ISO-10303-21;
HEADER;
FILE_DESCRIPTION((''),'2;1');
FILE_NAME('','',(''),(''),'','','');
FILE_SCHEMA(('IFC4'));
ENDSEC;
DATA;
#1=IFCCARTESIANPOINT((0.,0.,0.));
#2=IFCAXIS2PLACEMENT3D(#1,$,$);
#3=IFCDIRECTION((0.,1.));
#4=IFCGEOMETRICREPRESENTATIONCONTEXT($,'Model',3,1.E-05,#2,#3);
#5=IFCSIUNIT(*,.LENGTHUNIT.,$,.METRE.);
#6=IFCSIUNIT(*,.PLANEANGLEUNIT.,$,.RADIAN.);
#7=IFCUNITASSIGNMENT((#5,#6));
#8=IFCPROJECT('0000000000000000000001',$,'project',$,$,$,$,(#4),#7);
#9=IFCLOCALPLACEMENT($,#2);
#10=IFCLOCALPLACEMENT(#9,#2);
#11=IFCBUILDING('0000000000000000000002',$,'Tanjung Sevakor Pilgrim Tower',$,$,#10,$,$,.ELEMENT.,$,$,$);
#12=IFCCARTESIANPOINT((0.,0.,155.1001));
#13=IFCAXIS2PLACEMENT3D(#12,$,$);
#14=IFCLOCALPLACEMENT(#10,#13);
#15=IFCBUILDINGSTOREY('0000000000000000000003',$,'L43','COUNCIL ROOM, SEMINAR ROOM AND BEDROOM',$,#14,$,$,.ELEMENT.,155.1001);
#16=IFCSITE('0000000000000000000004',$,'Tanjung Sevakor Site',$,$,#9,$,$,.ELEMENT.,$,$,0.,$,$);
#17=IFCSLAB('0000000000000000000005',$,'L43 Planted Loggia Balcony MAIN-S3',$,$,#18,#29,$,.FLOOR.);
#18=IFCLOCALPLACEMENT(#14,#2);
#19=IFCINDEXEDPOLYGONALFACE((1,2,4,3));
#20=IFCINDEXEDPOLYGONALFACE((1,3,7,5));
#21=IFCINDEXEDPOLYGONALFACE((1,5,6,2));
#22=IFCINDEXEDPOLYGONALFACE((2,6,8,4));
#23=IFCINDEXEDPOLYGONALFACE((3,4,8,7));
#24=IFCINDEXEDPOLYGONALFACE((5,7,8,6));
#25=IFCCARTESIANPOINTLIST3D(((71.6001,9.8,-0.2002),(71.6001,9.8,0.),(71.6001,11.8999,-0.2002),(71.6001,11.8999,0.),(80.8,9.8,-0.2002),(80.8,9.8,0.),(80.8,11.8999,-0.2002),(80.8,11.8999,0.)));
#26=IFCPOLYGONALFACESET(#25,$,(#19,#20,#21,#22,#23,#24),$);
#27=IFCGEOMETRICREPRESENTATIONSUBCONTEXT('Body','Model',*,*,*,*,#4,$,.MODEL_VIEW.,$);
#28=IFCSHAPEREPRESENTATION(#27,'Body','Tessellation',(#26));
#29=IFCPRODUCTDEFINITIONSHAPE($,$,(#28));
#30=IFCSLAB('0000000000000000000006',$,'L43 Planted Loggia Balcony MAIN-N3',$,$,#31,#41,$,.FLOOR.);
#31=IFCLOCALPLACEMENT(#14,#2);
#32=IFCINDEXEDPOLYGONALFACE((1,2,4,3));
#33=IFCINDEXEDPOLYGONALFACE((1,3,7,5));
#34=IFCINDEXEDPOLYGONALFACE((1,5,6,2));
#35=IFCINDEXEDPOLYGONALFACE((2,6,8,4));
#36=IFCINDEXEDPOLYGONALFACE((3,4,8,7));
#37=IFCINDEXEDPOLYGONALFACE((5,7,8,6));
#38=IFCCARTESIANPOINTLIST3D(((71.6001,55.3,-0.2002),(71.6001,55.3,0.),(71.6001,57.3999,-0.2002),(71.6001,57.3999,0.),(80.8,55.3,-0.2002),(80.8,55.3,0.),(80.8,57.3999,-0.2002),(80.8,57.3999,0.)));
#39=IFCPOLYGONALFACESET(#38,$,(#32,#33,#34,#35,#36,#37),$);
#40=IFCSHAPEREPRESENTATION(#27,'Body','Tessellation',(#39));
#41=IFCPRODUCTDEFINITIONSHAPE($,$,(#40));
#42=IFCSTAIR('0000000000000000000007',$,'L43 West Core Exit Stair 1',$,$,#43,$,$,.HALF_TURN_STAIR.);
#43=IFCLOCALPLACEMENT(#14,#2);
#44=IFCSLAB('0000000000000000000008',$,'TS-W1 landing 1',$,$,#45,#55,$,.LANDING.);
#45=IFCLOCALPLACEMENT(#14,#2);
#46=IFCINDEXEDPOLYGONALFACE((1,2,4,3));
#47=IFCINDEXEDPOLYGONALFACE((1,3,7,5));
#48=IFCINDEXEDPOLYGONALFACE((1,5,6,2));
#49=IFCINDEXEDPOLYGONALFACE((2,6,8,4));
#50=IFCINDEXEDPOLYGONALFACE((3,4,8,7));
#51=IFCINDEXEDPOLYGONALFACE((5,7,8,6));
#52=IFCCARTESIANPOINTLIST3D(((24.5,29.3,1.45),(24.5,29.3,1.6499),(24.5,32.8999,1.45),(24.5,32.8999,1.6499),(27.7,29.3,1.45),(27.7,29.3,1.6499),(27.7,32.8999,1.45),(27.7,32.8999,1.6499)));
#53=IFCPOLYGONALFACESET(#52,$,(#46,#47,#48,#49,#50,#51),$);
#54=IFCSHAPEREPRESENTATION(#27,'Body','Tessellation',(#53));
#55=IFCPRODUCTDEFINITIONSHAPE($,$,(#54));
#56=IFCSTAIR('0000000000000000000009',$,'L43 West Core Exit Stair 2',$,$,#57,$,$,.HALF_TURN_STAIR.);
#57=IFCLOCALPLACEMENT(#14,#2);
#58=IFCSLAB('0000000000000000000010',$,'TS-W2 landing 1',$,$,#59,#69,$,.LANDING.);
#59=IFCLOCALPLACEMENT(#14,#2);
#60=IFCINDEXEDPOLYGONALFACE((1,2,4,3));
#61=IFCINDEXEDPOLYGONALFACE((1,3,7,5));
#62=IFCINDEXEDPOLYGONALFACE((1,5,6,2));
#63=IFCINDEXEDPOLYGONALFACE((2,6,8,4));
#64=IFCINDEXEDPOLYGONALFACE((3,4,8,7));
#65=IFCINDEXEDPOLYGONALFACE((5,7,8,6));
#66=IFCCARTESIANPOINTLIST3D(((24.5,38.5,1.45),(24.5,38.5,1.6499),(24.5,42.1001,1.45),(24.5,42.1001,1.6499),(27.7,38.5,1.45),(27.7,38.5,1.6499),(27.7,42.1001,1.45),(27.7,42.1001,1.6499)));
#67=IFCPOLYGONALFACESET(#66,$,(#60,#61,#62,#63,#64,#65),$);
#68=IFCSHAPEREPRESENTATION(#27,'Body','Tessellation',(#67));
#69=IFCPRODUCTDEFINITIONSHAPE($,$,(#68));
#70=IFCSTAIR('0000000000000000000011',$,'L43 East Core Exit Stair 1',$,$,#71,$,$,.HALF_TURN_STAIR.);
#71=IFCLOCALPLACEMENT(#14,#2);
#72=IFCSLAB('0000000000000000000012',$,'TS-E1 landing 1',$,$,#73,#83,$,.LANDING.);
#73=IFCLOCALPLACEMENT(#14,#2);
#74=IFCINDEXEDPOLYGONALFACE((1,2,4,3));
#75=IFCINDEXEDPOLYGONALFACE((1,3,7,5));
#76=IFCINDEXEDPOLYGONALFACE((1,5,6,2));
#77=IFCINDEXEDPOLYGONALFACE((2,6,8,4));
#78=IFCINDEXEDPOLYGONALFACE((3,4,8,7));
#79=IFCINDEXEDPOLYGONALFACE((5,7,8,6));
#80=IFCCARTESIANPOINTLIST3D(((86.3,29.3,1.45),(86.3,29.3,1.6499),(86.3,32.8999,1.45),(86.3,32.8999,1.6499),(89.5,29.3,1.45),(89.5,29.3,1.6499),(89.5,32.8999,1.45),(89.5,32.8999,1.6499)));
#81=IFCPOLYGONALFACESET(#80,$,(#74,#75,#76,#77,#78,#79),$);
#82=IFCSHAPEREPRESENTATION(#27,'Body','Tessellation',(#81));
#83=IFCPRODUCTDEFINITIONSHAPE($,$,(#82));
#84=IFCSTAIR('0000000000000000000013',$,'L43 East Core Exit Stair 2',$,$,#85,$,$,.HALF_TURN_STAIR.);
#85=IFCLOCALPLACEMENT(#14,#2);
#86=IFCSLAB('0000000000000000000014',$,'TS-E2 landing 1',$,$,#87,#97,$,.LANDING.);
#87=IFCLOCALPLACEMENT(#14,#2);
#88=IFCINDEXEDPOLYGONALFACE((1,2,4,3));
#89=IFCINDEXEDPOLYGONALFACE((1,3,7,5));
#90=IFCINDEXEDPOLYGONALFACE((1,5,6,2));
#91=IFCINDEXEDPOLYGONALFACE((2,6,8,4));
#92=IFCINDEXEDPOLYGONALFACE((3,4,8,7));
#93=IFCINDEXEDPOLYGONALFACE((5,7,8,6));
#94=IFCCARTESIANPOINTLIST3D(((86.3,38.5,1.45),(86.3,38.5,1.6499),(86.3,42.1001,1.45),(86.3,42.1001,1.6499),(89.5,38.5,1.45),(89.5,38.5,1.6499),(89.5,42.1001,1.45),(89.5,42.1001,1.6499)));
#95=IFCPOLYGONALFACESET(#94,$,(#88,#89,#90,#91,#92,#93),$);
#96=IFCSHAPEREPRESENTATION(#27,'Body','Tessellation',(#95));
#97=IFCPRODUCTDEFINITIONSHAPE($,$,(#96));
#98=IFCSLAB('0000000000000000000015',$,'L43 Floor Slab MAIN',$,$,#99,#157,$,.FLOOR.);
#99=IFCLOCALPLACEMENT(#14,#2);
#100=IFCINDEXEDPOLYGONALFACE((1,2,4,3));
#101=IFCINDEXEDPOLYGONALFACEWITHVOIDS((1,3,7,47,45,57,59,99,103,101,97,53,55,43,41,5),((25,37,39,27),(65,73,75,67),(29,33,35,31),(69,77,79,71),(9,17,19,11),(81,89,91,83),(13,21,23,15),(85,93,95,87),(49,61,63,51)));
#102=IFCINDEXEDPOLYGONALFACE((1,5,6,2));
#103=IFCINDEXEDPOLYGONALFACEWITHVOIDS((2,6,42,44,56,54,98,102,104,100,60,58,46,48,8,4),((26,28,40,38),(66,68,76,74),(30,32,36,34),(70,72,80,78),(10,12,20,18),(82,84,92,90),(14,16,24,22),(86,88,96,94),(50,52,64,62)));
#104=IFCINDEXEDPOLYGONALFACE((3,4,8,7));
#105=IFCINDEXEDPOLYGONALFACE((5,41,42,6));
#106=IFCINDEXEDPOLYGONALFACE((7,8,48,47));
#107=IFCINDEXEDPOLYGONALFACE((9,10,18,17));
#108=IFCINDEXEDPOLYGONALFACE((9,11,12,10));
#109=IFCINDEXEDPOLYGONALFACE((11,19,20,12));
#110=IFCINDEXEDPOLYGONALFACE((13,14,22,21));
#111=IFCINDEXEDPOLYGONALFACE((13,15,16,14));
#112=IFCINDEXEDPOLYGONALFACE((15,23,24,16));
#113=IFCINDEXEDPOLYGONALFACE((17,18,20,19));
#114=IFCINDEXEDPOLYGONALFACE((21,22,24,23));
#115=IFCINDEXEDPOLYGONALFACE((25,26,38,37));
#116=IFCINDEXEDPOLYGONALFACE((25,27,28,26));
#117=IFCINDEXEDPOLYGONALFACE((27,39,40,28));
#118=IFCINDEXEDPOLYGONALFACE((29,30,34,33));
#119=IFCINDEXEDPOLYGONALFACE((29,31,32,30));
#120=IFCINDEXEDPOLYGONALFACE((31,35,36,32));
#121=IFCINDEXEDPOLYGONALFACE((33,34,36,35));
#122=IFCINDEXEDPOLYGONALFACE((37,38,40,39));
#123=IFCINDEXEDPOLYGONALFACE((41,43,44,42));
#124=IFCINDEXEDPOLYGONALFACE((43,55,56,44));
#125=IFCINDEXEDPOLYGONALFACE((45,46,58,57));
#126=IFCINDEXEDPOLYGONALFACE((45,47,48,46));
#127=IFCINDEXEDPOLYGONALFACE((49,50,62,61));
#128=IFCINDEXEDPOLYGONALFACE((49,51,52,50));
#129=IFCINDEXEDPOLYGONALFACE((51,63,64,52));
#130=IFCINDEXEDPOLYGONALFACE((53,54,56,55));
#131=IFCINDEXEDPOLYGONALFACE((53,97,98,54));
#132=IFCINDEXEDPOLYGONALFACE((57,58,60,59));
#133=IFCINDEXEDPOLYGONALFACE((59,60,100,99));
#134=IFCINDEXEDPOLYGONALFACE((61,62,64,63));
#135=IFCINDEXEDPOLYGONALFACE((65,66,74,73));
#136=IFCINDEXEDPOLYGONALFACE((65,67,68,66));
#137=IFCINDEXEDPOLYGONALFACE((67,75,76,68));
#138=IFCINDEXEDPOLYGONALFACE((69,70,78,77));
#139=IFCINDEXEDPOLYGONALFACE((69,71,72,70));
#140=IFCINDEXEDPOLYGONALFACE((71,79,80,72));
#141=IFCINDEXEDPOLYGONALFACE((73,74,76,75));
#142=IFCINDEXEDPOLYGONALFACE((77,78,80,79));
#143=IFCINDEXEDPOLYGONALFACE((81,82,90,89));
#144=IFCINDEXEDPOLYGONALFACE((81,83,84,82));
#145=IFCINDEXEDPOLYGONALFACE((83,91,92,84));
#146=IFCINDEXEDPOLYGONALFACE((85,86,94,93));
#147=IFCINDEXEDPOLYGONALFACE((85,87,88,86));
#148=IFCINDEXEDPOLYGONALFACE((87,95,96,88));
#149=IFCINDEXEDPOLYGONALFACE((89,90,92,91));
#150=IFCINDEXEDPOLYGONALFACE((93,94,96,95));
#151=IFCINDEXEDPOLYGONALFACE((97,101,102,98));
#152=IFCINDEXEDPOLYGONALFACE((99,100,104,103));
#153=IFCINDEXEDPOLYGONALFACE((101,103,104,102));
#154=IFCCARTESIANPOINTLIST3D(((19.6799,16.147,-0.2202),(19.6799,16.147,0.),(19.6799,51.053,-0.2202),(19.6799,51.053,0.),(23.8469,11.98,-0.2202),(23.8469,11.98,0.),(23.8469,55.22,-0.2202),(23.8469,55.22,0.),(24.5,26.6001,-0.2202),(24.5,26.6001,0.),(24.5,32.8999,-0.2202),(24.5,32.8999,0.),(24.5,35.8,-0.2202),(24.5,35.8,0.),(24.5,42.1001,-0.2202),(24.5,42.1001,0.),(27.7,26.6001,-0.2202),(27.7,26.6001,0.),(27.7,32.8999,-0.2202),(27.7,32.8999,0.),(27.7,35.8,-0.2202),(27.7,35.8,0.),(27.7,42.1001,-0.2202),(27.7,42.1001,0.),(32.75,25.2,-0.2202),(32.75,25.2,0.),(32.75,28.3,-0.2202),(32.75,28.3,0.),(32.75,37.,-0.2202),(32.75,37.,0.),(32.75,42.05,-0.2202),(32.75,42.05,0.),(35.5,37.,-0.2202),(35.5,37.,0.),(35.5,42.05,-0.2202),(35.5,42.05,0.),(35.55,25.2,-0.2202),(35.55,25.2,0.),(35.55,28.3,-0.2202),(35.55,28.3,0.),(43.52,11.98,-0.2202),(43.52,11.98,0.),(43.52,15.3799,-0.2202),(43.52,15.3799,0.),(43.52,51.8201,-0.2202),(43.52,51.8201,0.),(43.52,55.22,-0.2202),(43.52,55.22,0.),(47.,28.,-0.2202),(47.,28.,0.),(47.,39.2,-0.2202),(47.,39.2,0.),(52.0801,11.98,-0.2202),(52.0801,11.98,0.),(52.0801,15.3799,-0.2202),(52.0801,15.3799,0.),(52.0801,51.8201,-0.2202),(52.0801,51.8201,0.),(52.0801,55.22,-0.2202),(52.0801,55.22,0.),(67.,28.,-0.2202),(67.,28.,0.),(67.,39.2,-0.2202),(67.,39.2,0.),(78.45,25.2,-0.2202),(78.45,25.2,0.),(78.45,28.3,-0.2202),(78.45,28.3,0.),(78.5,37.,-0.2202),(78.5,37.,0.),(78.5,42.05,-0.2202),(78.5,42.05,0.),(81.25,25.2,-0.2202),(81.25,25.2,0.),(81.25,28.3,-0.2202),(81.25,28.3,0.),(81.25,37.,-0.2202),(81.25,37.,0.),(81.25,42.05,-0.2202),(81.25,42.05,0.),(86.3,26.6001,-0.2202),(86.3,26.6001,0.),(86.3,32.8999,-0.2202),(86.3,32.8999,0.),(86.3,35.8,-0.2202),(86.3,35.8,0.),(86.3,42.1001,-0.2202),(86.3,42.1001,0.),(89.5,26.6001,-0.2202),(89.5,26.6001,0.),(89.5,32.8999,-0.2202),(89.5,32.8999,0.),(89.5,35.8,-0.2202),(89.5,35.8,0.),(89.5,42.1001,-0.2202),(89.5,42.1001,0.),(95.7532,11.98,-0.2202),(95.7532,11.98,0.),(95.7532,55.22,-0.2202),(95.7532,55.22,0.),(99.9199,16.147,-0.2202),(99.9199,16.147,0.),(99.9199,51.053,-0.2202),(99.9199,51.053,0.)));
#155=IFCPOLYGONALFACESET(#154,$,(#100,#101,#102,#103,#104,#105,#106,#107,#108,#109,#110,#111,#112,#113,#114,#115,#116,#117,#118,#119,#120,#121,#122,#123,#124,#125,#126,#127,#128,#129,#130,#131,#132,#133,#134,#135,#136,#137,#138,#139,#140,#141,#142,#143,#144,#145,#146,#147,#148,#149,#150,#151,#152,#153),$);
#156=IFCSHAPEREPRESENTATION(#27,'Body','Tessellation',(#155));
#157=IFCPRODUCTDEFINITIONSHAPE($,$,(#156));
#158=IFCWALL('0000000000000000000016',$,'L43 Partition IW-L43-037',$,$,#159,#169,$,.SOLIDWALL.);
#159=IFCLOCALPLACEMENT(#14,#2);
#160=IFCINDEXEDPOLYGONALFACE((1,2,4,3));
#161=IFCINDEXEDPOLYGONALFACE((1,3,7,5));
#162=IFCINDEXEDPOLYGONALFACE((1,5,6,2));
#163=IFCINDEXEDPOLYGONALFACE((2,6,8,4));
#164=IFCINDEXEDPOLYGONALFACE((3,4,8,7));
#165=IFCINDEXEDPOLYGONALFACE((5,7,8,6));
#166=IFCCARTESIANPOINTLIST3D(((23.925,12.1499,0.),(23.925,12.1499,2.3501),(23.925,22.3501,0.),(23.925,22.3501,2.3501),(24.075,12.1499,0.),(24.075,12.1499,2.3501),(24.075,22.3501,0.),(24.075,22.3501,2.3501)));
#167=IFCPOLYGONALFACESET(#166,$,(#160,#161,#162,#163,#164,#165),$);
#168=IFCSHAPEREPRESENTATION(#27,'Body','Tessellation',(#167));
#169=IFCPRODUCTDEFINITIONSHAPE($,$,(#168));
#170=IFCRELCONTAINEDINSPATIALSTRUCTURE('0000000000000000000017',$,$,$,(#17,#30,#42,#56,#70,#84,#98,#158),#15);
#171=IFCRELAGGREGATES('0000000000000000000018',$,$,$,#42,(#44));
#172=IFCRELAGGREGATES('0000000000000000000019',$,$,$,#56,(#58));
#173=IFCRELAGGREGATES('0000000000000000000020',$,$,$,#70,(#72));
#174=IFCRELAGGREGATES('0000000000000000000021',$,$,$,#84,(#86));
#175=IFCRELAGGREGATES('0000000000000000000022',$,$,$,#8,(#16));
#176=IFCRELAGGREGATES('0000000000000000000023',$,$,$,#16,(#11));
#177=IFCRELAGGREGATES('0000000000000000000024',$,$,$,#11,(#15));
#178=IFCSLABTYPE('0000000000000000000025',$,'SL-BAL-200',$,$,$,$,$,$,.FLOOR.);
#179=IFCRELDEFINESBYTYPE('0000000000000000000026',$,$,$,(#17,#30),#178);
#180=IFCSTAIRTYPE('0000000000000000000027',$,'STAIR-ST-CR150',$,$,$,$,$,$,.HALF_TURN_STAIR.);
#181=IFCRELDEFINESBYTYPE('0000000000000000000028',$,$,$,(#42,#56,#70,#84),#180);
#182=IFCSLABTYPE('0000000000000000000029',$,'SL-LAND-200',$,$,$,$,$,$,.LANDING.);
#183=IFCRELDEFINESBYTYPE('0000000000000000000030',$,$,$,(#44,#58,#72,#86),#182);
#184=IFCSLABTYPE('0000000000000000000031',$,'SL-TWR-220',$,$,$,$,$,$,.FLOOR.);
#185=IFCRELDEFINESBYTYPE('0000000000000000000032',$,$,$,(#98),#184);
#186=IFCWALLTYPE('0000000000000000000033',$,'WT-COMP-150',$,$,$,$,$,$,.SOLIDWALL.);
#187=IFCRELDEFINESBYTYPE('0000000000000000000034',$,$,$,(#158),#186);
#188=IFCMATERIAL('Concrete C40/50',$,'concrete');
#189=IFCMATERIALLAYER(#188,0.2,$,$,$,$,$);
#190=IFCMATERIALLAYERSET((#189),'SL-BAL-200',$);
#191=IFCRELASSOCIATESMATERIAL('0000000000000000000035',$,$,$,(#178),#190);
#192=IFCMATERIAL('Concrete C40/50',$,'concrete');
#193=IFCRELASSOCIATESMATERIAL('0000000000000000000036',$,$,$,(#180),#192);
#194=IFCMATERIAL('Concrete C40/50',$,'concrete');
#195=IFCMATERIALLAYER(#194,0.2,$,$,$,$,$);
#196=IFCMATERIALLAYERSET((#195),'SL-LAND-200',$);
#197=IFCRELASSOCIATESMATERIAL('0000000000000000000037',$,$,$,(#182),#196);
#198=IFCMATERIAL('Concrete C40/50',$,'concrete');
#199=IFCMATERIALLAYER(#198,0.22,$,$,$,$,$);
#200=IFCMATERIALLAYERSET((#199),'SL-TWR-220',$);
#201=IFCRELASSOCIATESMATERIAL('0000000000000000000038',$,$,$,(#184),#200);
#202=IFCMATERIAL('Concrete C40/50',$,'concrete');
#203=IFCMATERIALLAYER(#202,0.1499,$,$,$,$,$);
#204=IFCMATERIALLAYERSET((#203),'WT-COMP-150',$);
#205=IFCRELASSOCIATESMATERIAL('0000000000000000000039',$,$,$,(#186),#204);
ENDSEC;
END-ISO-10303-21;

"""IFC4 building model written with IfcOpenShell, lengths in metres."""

from ifc_helpers import new_model, si_unit, direction, frame, frame_2d, origin, place, context, subcontext, project, spatial, polyline, rectangle, outline, extrude, material, layer, layer_set, type_object, element, aggregate, save


model = new_model("IFC4")

# Units and contexts
model_context = context("Model", 3, precision=1e-05, world=origin(), true_north=direction((0.0, 1.0)))
body_context = subcontext(model_context, "Body", "Model", "MODEL_VIEW")
ifc_project = project(units=[si_unit("LENGTHUNIT", "METRE"), si_unit("PLANEANGLEUNIT", "RADIAN")], contexts=[model_context])

# Site, building, storey
site_placement = place(None, origin())
site = spatial("IfcSite", under=ifc_project, at=site_placement, Name="Tanjung Sevakor Site", CompositionType="ELEMENT", RefElevation=0.0)
building_placement = place(site_placement, origin())
building = spatial("IfcBuilding", under=site, at=building_placement, Name="Tanjung Sevakor Pilgrim Tower", CompositionType="ELEMENT")
storey_placement = place(building_placement, frame((0.0, 0.0, 155.1001)))
storey = spatial("IfcBuildingStorey", under=building, at=storey_placement, Name="L43", Description="COUNCIL ROOM, SEMINAR ROOM AND BEDROOM", CompositionType="ELEMENT", Elevation=155.1001)

# Slabs
ifc_material_1 = material(Name="Concrete C40/50", Category="concrete")
ifc_layer_1 = layer(ifc_material_1, 0.2)
ifc_layer_set_1 = layer_set([ifc_layer_1], Name="SL-BAL-200")
slab_type_1 = type_object("IfcSlabType", Name="SL-BAL-200", PredefinedType="FLOOR", material=ifc_layer_set_1)
slab_1_placement = place(storey_placement, frame((0.0, 0.0, -0.2002)))
element("IfcSlab", 1, at=slab_1_placement, inside=storey, type_object=slab_type_1, Name="L43 Planted Loggia Balcony MAIN-S3", PredefinedType="FLOOR", context=body_context, shape_type="SweptSolid", body=[
    extrude(outline(polyline([(71.6001, 9.8), (80.8, 9.8), (80.8, 11.8999), (71.6001, 11.8999), (71.6001, 9.8)])), origin(), (0.0, 0.0, 1.0), 0.2002),
])
slab_2_placement = place(storey_placement, frame((0.0, 0.0, -0.2002)))
element("IfcSlab", 2, at=slab_2_placement, inside=storey, type_object=slab_type_1, Name="L43 Planted Loggia Balcony MAIN-N3", PredefinedType="FLOOR", context=body_context, shape_type="SweptSolid", body=[
    extrude(outline(polyline([(71.6001, 55.3), (80.8, 55.3), (80.8, 57.3999), (71.6001, 57.3999), (71.6001, 55.3)])), origin(), (0.0, 0.0, 1.0), 0.2002),
])

# Stairs, slabs
ifc_material_2 = material(Name="Concrete C40/50", Category="concrete")
stair_type = type_object("IfcStairType", Name="STAIR-ST-CR150", PredefinedType="HALF_TURN_STAIR", material=ifc_material_2)
stair_1_placement = place(storey_placement, origin())
stair_1 = element("IfcStair", 3, at=stair_1_placement, inside=storey, type_object=stair_type, Name="L43 West Core Exit Stair 1", PredefinedType="HALF_TURN_STAIR")
ifc_material_3 = material(Name="Concrete C40/50", Category="concrete")
ifc_layer_2 = layer(ifc_material_3, 0.2)
ifc_layer_set_2 = layer_set([ifc_layer_2], Name="SL-LAND-200")
slab_type_2 = type_object("IfcSlabType", Name="SL-LAND-200", PredefinedType="LANDING", material=ifc_layer_set_2)
slab_3_placement = place(storey_placement, frame((0.0, 0.0, 1.45)))
slab_3 = element("IfcSlab", 4, at=slab_3_placement, type_object=slab_type_2, Name="TS-W1 landing 1", PredefinedType="LANDING", context=body_context, shape_type="SweptSolid", body=[
    extrude(outline(polyline([(27.7, 29.3), (27.7, 32.8999), (24.5, 32.8999), (24.5, 29.3), (27.7, 29.3)])), origin(), (0.0, 0.0, 1.0), 0.2),
])
aggregate(stair_1, [slab_3])
stair_2_placement = place(storey_placement, origin())
stair_2 = element("IfcStair", 5, at=stair_2_placement, inside=storey, type_object=stair_type, Name="L43 West Core Exit Stair 2", PredefinedType="HALF_TURN_STAIR")
slab_4_placement = place(storey_placement, frame((0.0, 0.0, 1.45)))
slab_4 = element("IfcSlab", 6, at=slab_4_placement, type_object=slab_type_2, Name="TS-W2 landing 1", PredefinedType="LANDING", context=body_context, shape_type="SweptSolid", body=[
    extrude(outline(polyline([(27.7, 38.5), (27.7, 42.1001), (24.5, 42.1001), (24.5, 38.5), (27.7, 38.5)])), origin(), (0.0, 0.0, 1.0), 0.2),
])
aggregate(stair_2, [slab_4])
stair_3_placement = place(storey_placement, origin())
stair_3 = element("IfcStair", 7, at=stair_3_placement, inside=storey, type_object=stair_type, Name="L43 East Core Exit Stair 1", PredefinedType="HALF_TURN_STAIR")
slab_5_placement = place(storey_placement, frame((0.0, 0.0, 1.45)))
slab_5 = element("IfcSlab", 8, at=slab_5_placement, type_object=slab_type_2, Name="TS-E1 landing 1", PredefinedType="LANDING", context=body_context, shape_type="SweptSolid", body=[
    extrude(outline(polyline([(89.5, 29.3), (89.5, 32.8999), (86.3, 32.8999), (86.3, 29.3), (89.5, 29.3)])), origin(), (0.0, 0.0, 1.0), 0.2),
])
aggregate(stair_3, [slab_5])
stair_4_placement = place(storey_placement, origin())
stair_4 = element("IfcStair", 9, at=stair_4_placement, inside=storey, type_object=stair_type, Name="L43 East Core Exit Stair 2", PredefinedType="HALF_TURN_STAIR")
slab_6_placement = place(storey_placement, frame((0.0, 0.0, 1.45)))
slab_6 = element("IfcSlab", 10, at=slab_6_placement, type_object=slab_type_2, Name="TS-E2 landing 1", PredefinedType="LANDING", context=body_context, shape_type="SweptSolid", body=[
    extrude(outline(polyline([(89.5, 38.5), (89.5, 42.1001), (86.3, 42.1001), (86.3, 38.5), (89.5, 38.5)])), origin(), (0.0, 0.0, 1.0), 0.2),
])
aggregate(stair_4, [slab_6])

# Slab
ifc_material_4 = material(Name="Concrete C40/50", Category="concrete")
ifc_layer_3 = layer(ifc_material_4, 0.22)
ifc_layer_set_3 = layer_set([ifc_layer_3], Name="SL-TWR-220")
slab_type_3 = type_object("IfcSlabType", Name="SL-TWR-220", PredefinedType="FLOOR", material=ifc_layer_set_3)
slab_7_placement = place(storey_placement, frame((0.0, 0.0, -0.2202)))
element("IfcSlab", 11, at=slab_7_placement, inside=storey, type_object=slab_type_3, Name="L43 Floor Slab MAIN", PredefinedType="FLOOR", context=body_context, shape_type="SweptSolid", body=[
    extrude(outline(polyline([(23.8469, 11.98), (43.52, 11.98), (43.52, 15.3799), (52.0801, 15.3799), (52.0801, 11.98), (95.7532, 11.98), (99.9199, 16.147), (99.9199, 51.053), (95.7532, 55.22), (52.0801, 55.22), (52.0801, 51.8201), (43.52, 51.8201), (43.52, 55.22), (23.8469, 55.22), (19.6799, 51.053), (19.6799, 16.147), (23.8469, 11.98)]), holes=[polyline([(27.7, 26.6001), (27.7, 32.8999), (24.5, 32.8999), (24.5, 26.6001), (27.7, 26.6001)]), polyline([(27.7, 35.8), (27.7, 42.1001), (24.5, 42.1001), (24.5, 35.8), (27.7, 35.8)]), polyline([(89.5, 26.6001), (89.5, 32.8999), (86.3, 32.8999), (86.3, 26.6001), (89.5, 26.6001)]), polyline([(89.5, 35.8), (89.5, 42.1001), (86.3, 42.1001), (86.3, 35.8), (89.5, 35.8)]), polyline([(32.75, 25.2), (35.55, 25.2), (35.55, 28.3), (32.75, 28.3), (32.75, 25.2)]), polyline([(32.75, 37.0), (35.5, 37.0), (35.5, 42.05), (32.75, 42.05), (32.75, 37.0)]), polyline([(78.45, 25.2), (81.25, 25.2), (81.25, 28.3), (78.45, 28.3), (78.45, 25.2)]), polyline([(78.5, 37.0), (81.25, 37.0), (81.25, 42.05), (78.5, 42.05), (78.5, 37.0)]), polyline([(47.0, 28.0), (67.0, 28.0), (67.0, 39.2), (47.0, 39.2), (47.0, 28.0)])]), origin(), (0.0, 0.0, 1.0), 0.2202),
])

# Wall
ifc_material_5 = material(Name="Concrete C40/50", Category="concrete")
ifc_layer_4 = layer(ifc_material_5, 0.1499)
ifc_layer_set_4 = layer_set([ifc_layer_4], Name="WT-COMP-150")
wall_type_1 = type_object("IfcWallType", Name="WT-COMP-150", PredefinedType="SOLIDWALL", material=ifc_layer_set_4)
wall_1_placement = place(storey_placement, frame((24.0, 12.1499, 0.0), z_axis=(0.0, 0.0, 1.0), x_axis=(0.0, 1.0, 0.0)))
element("IfcWall", 12, at=wall_1_placement, inside=storey, type_object=wall_type_1, Name="L43 Partition IW-L43-037", PredefinedType="SOLIDWALL", context=body_context, shape_type="SweptSolid", body=[
    extrude(rectangle(XDim=10.2002, YDim=0.1499, at=frame_2d((5.1001, 0.0))), origin(), (0.0, 0.0, 1.0), 2.3501),
])

save(model, "model.ifc")
